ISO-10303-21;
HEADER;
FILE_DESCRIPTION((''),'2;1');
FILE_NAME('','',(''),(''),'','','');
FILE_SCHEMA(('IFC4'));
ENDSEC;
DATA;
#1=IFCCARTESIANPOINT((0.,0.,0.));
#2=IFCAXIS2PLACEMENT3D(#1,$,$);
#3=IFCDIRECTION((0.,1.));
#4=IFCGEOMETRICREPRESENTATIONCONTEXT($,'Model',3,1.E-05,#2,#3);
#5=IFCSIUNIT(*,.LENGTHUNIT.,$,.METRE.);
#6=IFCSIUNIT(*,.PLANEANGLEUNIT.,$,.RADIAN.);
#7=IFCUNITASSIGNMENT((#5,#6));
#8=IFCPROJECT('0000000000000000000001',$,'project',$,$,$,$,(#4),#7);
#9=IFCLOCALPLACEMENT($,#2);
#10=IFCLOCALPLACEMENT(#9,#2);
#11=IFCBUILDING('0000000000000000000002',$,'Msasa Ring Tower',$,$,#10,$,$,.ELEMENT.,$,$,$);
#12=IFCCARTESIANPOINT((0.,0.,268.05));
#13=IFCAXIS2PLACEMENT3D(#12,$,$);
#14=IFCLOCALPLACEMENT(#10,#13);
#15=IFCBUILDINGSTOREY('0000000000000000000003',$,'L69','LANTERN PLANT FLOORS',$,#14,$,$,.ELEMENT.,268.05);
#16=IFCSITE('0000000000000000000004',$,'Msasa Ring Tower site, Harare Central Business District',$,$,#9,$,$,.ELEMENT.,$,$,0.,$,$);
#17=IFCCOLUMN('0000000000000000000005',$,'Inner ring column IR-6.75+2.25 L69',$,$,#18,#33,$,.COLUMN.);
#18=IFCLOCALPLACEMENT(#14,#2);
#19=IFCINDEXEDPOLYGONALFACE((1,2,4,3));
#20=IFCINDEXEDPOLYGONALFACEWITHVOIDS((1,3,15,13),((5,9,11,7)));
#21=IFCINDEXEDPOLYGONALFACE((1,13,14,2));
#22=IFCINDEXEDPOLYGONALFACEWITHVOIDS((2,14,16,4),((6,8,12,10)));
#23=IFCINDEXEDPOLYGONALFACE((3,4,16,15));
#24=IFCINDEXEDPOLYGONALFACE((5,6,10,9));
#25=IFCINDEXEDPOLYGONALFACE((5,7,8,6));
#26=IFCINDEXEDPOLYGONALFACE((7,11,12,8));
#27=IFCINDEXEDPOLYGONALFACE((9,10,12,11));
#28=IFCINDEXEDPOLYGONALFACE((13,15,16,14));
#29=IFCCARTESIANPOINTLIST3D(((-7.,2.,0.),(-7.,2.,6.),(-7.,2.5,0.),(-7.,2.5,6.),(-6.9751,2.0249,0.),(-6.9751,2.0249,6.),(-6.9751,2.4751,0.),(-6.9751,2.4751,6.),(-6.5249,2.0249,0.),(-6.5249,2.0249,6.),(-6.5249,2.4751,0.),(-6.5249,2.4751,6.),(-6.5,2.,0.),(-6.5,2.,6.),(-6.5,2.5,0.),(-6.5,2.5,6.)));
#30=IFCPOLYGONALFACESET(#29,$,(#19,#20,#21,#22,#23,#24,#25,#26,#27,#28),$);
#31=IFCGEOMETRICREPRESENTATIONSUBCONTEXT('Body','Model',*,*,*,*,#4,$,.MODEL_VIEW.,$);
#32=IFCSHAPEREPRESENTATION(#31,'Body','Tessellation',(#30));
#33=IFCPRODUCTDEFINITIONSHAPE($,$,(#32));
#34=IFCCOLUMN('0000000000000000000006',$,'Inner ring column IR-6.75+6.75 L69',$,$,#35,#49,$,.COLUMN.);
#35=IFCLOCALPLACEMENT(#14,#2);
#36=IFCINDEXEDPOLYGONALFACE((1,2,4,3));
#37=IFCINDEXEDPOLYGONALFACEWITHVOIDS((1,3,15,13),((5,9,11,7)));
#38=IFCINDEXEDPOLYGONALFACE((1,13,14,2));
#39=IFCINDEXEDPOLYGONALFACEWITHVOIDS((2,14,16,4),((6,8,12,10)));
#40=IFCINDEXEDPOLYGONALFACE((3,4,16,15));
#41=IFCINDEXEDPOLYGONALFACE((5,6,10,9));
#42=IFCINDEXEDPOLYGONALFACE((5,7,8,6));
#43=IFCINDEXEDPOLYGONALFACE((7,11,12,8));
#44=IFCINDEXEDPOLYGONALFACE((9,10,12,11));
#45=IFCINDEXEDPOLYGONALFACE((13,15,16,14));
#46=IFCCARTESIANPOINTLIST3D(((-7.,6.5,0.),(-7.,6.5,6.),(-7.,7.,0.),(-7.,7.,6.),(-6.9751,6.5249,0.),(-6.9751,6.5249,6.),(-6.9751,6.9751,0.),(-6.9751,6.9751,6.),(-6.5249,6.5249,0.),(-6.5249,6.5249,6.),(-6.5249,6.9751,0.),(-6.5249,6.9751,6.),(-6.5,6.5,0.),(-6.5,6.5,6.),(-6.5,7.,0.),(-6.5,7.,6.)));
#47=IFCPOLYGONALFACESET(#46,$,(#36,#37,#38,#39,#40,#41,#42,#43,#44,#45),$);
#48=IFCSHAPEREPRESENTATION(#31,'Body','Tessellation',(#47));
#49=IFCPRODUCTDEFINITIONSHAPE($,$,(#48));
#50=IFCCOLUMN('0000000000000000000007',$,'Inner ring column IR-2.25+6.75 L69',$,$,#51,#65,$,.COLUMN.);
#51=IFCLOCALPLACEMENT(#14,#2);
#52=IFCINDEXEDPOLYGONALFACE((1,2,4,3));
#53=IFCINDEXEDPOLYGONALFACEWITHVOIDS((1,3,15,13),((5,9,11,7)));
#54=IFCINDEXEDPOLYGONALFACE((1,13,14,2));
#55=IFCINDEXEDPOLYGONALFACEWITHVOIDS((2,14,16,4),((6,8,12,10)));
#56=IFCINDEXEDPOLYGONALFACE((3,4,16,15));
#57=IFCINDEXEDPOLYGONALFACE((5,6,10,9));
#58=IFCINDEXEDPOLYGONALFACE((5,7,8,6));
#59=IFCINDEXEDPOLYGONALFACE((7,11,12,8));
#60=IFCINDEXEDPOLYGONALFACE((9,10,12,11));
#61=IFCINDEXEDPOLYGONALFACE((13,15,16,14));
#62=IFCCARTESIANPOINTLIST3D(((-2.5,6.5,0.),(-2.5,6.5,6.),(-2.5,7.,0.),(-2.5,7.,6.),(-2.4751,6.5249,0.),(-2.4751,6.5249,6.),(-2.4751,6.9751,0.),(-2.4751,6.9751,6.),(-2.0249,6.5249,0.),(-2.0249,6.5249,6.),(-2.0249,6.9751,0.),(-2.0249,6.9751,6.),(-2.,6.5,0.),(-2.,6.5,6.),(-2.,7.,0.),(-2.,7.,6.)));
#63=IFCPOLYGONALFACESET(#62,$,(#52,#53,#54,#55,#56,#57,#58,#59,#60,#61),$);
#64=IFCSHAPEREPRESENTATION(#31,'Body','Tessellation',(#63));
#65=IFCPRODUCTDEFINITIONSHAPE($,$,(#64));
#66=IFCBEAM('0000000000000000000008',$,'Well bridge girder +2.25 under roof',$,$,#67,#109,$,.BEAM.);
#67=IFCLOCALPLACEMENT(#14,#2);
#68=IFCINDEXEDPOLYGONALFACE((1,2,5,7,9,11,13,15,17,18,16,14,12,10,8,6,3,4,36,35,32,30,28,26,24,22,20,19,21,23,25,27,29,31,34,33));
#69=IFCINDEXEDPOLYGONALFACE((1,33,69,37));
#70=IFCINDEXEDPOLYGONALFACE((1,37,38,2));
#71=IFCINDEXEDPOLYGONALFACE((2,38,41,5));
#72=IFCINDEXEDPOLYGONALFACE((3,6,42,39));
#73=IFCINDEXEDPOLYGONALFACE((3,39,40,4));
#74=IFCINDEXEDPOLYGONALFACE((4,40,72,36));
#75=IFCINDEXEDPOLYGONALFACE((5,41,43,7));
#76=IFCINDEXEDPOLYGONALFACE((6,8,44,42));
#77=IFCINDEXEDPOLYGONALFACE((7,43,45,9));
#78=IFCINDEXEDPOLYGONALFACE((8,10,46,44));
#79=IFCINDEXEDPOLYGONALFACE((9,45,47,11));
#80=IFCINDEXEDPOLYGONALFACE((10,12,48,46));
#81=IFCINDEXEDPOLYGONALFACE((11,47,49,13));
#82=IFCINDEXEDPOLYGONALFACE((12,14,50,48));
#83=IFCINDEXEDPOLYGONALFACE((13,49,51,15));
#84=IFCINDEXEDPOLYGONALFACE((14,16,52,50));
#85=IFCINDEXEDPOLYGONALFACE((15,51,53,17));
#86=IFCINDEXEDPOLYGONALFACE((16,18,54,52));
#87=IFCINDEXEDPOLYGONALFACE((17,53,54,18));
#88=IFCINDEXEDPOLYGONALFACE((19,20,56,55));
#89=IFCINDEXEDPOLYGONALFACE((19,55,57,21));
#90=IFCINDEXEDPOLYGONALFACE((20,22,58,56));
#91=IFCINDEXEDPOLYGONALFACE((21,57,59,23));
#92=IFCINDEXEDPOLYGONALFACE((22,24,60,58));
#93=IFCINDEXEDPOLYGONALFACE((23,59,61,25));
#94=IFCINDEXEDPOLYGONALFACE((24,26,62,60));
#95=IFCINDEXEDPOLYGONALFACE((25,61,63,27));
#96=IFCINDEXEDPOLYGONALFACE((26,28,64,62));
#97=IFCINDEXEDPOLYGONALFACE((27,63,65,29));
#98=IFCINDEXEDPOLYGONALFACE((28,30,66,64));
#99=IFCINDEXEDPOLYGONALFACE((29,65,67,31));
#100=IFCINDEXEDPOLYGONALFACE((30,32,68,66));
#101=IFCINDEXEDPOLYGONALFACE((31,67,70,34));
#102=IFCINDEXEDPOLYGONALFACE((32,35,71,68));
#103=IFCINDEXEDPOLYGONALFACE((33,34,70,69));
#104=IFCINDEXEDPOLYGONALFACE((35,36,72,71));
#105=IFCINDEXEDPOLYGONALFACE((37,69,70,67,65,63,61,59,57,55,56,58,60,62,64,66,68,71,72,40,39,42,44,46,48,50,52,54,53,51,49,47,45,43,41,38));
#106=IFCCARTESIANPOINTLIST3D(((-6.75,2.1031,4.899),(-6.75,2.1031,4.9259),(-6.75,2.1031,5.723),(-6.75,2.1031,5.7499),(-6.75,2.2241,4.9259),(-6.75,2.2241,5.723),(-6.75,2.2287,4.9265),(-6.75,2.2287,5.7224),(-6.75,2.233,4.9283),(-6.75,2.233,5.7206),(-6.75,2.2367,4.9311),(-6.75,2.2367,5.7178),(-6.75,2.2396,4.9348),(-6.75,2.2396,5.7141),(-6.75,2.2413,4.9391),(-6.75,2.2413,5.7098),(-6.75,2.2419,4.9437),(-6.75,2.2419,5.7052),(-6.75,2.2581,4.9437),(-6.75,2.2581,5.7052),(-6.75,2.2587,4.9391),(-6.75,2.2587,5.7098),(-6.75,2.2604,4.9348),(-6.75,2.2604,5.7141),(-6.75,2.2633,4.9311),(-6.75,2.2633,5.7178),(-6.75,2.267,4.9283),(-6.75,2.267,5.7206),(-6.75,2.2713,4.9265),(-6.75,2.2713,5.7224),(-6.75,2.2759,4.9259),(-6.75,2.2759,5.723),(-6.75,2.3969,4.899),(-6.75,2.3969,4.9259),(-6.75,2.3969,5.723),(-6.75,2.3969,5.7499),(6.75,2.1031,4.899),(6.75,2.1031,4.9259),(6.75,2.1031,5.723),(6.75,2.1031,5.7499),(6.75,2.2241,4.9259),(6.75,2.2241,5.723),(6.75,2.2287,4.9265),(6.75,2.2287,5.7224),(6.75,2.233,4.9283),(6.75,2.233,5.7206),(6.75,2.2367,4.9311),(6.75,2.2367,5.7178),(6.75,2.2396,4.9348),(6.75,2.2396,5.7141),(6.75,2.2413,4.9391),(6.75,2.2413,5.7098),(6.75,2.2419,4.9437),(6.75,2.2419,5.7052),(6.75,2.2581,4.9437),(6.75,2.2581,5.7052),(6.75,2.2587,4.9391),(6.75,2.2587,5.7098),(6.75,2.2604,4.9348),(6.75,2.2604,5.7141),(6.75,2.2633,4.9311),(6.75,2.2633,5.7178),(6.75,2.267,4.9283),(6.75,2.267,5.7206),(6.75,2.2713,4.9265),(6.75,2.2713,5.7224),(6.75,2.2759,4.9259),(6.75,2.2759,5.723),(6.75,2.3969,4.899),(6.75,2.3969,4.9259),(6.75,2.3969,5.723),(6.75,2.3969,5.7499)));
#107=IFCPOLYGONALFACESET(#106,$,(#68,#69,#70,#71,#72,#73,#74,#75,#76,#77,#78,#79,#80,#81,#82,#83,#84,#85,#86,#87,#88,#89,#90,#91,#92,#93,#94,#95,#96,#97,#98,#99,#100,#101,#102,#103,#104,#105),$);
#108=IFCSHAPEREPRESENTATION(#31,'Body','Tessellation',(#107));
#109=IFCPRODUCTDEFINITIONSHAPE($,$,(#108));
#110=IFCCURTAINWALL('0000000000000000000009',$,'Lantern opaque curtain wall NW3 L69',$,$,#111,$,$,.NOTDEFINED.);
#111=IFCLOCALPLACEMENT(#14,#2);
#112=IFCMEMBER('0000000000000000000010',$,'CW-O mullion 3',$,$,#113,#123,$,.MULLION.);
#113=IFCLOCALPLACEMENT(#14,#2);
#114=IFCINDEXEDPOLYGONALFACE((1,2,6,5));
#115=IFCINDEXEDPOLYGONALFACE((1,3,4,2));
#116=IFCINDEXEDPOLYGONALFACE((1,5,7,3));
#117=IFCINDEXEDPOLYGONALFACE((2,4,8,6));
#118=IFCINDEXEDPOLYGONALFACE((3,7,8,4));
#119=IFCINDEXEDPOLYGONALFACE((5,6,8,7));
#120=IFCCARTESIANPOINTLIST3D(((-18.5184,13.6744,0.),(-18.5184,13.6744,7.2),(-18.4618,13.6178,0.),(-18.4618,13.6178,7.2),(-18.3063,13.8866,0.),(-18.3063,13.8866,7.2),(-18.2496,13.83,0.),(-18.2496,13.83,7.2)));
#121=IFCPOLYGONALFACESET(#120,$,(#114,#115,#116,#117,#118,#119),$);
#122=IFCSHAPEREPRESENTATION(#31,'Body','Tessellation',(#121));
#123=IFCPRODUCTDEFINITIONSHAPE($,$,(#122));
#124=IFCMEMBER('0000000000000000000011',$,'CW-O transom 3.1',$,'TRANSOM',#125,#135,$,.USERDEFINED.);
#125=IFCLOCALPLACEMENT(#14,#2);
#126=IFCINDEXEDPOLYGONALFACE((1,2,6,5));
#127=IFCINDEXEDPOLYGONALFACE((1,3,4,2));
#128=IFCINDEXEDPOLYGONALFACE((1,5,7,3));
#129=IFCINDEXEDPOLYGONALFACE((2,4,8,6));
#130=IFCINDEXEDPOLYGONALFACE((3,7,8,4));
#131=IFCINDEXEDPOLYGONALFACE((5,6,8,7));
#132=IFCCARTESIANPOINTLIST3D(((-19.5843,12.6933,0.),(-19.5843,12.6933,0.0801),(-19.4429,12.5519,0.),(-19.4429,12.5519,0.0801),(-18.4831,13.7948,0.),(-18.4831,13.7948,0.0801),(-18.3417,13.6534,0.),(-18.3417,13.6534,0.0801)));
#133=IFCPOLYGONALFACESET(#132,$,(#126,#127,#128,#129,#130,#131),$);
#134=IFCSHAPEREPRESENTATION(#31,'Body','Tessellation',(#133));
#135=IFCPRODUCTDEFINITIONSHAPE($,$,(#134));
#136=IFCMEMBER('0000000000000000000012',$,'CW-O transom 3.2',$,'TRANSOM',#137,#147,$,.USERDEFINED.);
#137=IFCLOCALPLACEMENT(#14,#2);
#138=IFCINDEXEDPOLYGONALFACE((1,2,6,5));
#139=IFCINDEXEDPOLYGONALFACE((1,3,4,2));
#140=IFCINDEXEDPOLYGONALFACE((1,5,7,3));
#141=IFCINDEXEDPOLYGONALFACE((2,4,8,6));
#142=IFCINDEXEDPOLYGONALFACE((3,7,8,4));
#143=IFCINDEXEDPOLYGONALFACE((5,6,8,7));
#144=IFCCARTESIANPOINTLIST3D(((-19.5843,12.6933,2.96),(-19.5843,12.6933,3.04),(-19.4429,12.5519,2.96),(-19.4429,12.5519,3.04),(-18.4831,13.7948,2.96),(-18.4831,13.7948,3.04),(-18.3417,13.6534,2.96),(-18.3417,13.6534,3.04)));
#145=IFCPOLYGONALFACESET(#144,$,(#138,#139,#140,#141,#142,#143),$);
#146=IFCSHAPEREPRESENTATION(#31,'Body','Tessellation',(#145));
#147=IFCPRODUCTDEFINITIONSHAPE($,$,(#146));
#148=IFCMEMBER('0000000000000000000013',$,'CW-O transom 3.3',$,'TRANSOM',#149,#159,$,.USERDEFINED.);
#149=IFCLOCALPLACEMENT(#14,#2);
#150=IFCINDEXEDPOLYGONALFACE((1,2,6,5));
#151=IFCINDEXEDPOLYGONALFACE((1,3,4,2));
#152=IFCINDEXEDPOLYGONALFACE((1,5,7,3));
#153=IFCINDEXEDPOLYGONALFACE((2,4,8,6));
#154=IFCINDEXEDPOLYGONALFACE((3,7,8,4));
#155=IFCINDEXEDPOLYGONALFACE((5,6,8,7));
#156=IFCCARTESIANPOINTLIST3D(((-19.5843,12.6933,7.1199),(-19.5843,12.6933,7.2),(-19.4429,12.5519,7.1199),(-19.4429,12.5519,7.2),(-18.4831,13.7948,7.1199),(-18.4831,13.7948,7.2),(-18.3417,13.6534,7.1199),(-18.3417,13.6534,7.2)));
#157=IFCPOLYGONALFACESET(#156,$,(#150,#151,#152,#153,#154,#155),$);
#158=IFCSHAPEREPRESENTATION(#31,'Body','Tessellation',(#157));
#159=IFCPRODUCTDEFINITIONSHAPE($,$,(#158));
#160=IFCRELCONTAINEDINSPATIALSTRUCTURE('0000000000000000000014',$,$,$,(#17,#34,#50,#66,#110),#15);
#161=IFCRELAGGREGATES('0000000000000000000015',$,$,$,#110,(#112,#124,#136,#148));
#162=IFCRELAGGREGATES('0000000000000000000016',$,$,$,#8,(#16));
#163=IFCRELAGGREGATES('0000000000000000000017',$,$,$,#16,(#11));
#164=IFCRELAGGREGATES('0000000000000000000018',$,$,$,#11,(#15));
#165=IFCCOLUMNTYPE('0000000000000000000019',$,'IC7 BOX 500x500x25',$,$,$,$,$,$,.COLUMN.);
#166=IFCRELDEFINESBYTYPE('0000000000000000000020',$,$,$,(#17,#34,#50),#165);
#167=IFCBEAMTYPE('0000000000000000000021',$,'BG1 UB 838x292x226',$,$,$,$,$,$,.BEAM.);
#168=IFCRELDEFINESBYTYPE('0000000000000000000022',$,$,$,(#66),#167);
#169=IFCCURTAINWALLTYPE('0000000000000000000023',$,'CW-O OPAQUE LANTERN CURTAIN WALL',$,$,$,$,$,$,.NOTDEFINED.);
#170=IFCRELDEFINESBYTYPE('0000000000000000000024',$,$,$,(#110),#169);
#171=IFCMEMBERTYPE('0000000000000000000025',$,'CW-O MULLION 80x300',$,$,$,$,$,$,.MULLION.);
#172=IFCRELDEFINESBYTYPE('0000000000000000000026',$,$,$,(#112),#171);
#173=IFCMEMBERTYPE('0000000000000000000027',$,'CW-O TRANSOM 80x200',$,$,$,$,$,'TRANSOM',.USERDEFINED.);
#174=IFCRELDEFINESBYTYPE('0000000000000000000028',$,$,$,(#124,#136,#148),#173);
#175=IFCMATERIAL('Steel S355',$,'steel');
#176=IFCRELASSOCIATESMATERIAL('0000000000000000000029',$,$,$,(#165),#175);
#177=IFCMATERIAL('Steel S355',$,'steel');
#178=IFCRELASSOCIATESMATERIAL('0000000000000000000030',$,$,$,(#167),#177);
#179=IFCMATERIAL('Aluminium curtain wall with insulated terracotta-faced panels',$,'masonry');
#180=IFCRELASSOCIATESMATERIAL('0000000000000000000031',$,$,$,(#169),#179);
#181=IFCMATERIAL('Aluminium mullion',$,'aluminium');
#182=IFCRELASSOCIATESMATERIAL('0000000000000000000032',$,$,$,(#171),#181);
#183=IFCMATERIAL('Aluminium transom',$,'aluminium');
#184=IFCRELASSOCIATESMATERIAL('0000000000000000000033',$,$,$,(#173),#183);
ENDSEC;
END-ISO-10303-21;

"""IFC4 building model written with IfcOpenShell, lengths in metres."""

from ifc_helpers import new_model, si_unit, direction, frame, origin, origin_2d, place, context, subcontext, project, spatial, rectangle, hollow_rectangle, i_section, extrude, material, material_profile, profile_set, type_object, element, aggregate, save


model = new_model("IFC4")

# Units and contexts
model_context = context("Model", 3, precision=1e-05, world=origin(), true_north=direction((0.0, 1.0)))
body_context = subcontext(model_context, "Body", "Model", "MODEL_VIEW")
ifc_project = project(units=[si_unit("LENGTHUNIT", "METRE"), si_unit("PLANEANGLEUNIT", "RADIAN")], contexts=[model_context])

# Site, building, storey
site_placement = place(None, origin())
site = spatial("IfcSite", under=ifc_project, at=site_placement, Name="Msasa Ring Tower site, Harare Central Business District", CompositionType="ELEMENT", RefElevation=0.0)
building_placement = place(site_placement, origin())
building = spatial("IfcBuilding", under=site, at=building_placement, Name="Msasa Ring Tower", CompositionType="ELEMENT")
storey_placement = place(building_placement, frame((0.0, 0.0, 268.05)))
storey = spatial("IfcBuildingStorey", under=building, at=storey_placement, Name="L69", Description="LANTERN PLANT FLOORS", CompositionType="ELEMENT", Elevation=268.05)

# Columns
ifc_material_1 = material(Name="Steel S355", Category="steel")
ifc_material_profile_1 = material_profile(ifc_material_1, hollow_rectangle(XDim=0.5, YDim=0.5, WallThickness=0.0249, at=origin_2d()), Name="BOX 500x500x25")
ifc_profile_set_1 = profile_set([ifc_material_profile_1], Name="Steel S355")
column_type = type_object("IfcColumnType", Name="IC7 BOX 500x500x25", PredefinedType="COLUMN", material=ifc_profile_set_1)
for number, where, z_axis, x_axis, name in (
    (1, (-6.75, 2.25, 0.0), (0.0, 0.0, 1.0), (1.0, 0.0, 0.0), "Inner ring column IR-6.75+2.25 L69"),
    (2, (-6.75, 6.75, 0.0), (0.0, 0.0, 1.0), (1.0, 0.0, 0.0), "Inner ring column IR-6.75+6.75 L69"),
    (3, (-2.25, 6.75, 0.0), (0.0, 0.0, 1.0), (1.0, 0.0, 0.0), "Inner ring column IR-2.25+6.75 L69"),
):
    element("IfcColumn", number, at=place(storey_placement, frame(where, z_axis=z_axis, x_axis=x_axis)), inside=storey, type_object=column_type, Name=name, PredefinedType="COLUMN", context=body_context, shape_type="SweptSolid", body=[
        extrude(hollow_rectangle(XDim=0.5, YDim=0.5, WallThickness=0.0249, at=origin_2d()), origin(), (0.0, 0.0, 1.0), 6.0),
    ])

# Beam
ifc_material_2 = material(Name="Steel S355", Category="steel")
ifc_material_profile_2 = material_profile(ifc_material_2, i_section(OverallWidth=0.2937, OverallDepth=0.8508, WebThickness=0.0161, FlangeThickness=0.0269, FilletRadius=0.0178, at=origin_2d()), Name="UB 838x292x226")
ifc_profile_set_2 = profile_set([ifc_material_profile_2], Name="Steel S355")
beam_type_1 = type_object("IfcBeamType", Name="BG1 UB 838x292x226", PredefinedType="BEAM", material=ifc_profile_set_2)
beam_1_placement = place(storey_placement, frame((-6.75, 2.25, 5.3245), z_axis=(1.0, 0.0, 0.0), x_axis=(0.0, 1.0, 0.0)))
element("IfcBeam", 4, at=beam_1_placement, inside=storey, type_object=beam_type_1, Name="Well bridge girder +2.25 under roof", PredefinedType="BEAM", context=body_context, shape_type="SweptSolid", body=[
    extrude(i_section(OverallWidth=0.2937, OverallDepth=0.8508, WebThickness=0.0161, FlangeThickness=0.0269, FilletRadius=0.0178, at=origin_2d()), origin(), (0.0, 0.0, 1.0), 13.5),
])

# Curtain wall, members
ifc_material_3 = material(Name="Aluminium curtain wall with insulated terracotta-faced panels", Category="masonry")
curtain_wall_type = type_object("IfcCurtainWallType", Name="CW-O OPAQUE LANTERN CURTAIN WALL", PredefinedType="NOTDEFINED", material=ifc_material_3)
curtain_wall_placement = place(storey_placement, origin())
curtain_wall = element("IfcCurtainWall", 5, at=curtain_wall_placement, inside=storey, type_object=curtain_wall_type, Name="Lantern opaque curtain wall NW3 L69", PredefinedType="NOTDEFINED")
ifc_material_4 = material(Name="Aluminium mullion", Category="aluminium")
ifc_material_profile_3 = material_profile(ifc_material_4, rectangle(XDim=0.0801, YDim=0.3, at=origin_2d()), Name="AL 80x300")
ifc_profile_set_3 = profile_set([ifc_material_profile_3], Name="Aluminium mullion")
member_type_1 = type_object("IfcMemberType", Name="CW-O MULLION 80x300", PredefinedType="MULLION", material=ifc_profile_set_3)
member_1_placement = place(storey_placement, frame((-18.384, 13.7522, 0.0), z_axis=(0.0, 0.0, 1.0), x_axis=(0.707107, -0.707107, 0.0)))
member_1 = element("IfcMember", 6, at=member_1_placement, type_object=member_type_1, Name="CW-O mullion 3", PredefinedType="MULLION", context=body_context, shape_type="SweptSolid", body=[
    extrude(rectangle(XDim=0.0801, YDim=0.3, at=origin_2d()), origin(), (0.0, 0.0, 1.0), 7.2),
])
ifc_material_5 = material(Name="Aluminium transom", Category="aluminium")
ifc_material_profile_4 = material_profile(ifc_material_5, rectangle(XDim=0.2, YDim=0.0801, at=origin_2d()), Name="AL 80x200")
ifc_profile_set_4 = profile_set([ifc_material_profile_4], Name="Aluminium transom")
member_type_2 = type_object("IfcMemberType", Name="CW-O TRANSOM 80x200", ElementType="TRANSOM", PredefinedType="USERDEFINED", material=ifc_profile_set_4)
member_2_placement = place(storey_placement, frame((-18.4124, 13.7241, 0.04), z_axis=(-0.707028, -0.707185, 0.0), x_axis=(0.707185, -0.707028, 0.0)))
member_2 = element("IfcMember", 7, at=member_2_placement, type_object=member_type_2, Name="CW-O transom 3.1", ObjectType="TRANSOM", PredefinedType="USERDEFINED", context=body_context, shape_type="SweptSolid", body=[
    extrude(rectangle(XDim=0.2, YDim=0.0801, at=origin_2d()), origin(), (0.0, 0.0, 1.0), 1.5576),
])
member_3_placement = place(storey_placement, frame((-18.4124, 13.7241, 3.0), z_axis=(-0.707028, -0.707185, 0.0), x_axis=(0.707185, -0.707028, 0.0)))
member_3 = element("IfcMember", 8, at=member_3_placement, type_object=member_type_2, Name="CW-O transom 3.2", ObjectType="TRANSOM", PredefinedType="USERDEFINED", context=body_context, shape_type="SweptSolid", body=[
    extrude(rectangle(XDim=0.2, YDim=0.0801, at=origin_2d()), origin(), (0.0, 0.0, 1.0), 1.5576),
])
member_4_placement = place(storey_placement, frame((-18.4124, 13.7241, 7.1599), z_axis=(-0.707028, -0.707185, 0.0), x_axis=(0.707185, -0.707028, 0.0)))
member_4 = element("IfcMember", 9, at=member_4_placement, type_object=member_type_2, Name="CW-O transom 3.3", ObjectType="TRANSOM", PredefinedType="USERDEFINED", context=body_context, shape_type="SweptSolid", body=[
    extrude(rectangle(XDim=0.2, YDim=0.0801, at=origin_2d()), origin(), (0.0, 0.0, 1.0), 1.5576),
])

aggregate(curtain_wall, [member_1, member_2, member_3, member_4])

save(model, "model.ifc")
